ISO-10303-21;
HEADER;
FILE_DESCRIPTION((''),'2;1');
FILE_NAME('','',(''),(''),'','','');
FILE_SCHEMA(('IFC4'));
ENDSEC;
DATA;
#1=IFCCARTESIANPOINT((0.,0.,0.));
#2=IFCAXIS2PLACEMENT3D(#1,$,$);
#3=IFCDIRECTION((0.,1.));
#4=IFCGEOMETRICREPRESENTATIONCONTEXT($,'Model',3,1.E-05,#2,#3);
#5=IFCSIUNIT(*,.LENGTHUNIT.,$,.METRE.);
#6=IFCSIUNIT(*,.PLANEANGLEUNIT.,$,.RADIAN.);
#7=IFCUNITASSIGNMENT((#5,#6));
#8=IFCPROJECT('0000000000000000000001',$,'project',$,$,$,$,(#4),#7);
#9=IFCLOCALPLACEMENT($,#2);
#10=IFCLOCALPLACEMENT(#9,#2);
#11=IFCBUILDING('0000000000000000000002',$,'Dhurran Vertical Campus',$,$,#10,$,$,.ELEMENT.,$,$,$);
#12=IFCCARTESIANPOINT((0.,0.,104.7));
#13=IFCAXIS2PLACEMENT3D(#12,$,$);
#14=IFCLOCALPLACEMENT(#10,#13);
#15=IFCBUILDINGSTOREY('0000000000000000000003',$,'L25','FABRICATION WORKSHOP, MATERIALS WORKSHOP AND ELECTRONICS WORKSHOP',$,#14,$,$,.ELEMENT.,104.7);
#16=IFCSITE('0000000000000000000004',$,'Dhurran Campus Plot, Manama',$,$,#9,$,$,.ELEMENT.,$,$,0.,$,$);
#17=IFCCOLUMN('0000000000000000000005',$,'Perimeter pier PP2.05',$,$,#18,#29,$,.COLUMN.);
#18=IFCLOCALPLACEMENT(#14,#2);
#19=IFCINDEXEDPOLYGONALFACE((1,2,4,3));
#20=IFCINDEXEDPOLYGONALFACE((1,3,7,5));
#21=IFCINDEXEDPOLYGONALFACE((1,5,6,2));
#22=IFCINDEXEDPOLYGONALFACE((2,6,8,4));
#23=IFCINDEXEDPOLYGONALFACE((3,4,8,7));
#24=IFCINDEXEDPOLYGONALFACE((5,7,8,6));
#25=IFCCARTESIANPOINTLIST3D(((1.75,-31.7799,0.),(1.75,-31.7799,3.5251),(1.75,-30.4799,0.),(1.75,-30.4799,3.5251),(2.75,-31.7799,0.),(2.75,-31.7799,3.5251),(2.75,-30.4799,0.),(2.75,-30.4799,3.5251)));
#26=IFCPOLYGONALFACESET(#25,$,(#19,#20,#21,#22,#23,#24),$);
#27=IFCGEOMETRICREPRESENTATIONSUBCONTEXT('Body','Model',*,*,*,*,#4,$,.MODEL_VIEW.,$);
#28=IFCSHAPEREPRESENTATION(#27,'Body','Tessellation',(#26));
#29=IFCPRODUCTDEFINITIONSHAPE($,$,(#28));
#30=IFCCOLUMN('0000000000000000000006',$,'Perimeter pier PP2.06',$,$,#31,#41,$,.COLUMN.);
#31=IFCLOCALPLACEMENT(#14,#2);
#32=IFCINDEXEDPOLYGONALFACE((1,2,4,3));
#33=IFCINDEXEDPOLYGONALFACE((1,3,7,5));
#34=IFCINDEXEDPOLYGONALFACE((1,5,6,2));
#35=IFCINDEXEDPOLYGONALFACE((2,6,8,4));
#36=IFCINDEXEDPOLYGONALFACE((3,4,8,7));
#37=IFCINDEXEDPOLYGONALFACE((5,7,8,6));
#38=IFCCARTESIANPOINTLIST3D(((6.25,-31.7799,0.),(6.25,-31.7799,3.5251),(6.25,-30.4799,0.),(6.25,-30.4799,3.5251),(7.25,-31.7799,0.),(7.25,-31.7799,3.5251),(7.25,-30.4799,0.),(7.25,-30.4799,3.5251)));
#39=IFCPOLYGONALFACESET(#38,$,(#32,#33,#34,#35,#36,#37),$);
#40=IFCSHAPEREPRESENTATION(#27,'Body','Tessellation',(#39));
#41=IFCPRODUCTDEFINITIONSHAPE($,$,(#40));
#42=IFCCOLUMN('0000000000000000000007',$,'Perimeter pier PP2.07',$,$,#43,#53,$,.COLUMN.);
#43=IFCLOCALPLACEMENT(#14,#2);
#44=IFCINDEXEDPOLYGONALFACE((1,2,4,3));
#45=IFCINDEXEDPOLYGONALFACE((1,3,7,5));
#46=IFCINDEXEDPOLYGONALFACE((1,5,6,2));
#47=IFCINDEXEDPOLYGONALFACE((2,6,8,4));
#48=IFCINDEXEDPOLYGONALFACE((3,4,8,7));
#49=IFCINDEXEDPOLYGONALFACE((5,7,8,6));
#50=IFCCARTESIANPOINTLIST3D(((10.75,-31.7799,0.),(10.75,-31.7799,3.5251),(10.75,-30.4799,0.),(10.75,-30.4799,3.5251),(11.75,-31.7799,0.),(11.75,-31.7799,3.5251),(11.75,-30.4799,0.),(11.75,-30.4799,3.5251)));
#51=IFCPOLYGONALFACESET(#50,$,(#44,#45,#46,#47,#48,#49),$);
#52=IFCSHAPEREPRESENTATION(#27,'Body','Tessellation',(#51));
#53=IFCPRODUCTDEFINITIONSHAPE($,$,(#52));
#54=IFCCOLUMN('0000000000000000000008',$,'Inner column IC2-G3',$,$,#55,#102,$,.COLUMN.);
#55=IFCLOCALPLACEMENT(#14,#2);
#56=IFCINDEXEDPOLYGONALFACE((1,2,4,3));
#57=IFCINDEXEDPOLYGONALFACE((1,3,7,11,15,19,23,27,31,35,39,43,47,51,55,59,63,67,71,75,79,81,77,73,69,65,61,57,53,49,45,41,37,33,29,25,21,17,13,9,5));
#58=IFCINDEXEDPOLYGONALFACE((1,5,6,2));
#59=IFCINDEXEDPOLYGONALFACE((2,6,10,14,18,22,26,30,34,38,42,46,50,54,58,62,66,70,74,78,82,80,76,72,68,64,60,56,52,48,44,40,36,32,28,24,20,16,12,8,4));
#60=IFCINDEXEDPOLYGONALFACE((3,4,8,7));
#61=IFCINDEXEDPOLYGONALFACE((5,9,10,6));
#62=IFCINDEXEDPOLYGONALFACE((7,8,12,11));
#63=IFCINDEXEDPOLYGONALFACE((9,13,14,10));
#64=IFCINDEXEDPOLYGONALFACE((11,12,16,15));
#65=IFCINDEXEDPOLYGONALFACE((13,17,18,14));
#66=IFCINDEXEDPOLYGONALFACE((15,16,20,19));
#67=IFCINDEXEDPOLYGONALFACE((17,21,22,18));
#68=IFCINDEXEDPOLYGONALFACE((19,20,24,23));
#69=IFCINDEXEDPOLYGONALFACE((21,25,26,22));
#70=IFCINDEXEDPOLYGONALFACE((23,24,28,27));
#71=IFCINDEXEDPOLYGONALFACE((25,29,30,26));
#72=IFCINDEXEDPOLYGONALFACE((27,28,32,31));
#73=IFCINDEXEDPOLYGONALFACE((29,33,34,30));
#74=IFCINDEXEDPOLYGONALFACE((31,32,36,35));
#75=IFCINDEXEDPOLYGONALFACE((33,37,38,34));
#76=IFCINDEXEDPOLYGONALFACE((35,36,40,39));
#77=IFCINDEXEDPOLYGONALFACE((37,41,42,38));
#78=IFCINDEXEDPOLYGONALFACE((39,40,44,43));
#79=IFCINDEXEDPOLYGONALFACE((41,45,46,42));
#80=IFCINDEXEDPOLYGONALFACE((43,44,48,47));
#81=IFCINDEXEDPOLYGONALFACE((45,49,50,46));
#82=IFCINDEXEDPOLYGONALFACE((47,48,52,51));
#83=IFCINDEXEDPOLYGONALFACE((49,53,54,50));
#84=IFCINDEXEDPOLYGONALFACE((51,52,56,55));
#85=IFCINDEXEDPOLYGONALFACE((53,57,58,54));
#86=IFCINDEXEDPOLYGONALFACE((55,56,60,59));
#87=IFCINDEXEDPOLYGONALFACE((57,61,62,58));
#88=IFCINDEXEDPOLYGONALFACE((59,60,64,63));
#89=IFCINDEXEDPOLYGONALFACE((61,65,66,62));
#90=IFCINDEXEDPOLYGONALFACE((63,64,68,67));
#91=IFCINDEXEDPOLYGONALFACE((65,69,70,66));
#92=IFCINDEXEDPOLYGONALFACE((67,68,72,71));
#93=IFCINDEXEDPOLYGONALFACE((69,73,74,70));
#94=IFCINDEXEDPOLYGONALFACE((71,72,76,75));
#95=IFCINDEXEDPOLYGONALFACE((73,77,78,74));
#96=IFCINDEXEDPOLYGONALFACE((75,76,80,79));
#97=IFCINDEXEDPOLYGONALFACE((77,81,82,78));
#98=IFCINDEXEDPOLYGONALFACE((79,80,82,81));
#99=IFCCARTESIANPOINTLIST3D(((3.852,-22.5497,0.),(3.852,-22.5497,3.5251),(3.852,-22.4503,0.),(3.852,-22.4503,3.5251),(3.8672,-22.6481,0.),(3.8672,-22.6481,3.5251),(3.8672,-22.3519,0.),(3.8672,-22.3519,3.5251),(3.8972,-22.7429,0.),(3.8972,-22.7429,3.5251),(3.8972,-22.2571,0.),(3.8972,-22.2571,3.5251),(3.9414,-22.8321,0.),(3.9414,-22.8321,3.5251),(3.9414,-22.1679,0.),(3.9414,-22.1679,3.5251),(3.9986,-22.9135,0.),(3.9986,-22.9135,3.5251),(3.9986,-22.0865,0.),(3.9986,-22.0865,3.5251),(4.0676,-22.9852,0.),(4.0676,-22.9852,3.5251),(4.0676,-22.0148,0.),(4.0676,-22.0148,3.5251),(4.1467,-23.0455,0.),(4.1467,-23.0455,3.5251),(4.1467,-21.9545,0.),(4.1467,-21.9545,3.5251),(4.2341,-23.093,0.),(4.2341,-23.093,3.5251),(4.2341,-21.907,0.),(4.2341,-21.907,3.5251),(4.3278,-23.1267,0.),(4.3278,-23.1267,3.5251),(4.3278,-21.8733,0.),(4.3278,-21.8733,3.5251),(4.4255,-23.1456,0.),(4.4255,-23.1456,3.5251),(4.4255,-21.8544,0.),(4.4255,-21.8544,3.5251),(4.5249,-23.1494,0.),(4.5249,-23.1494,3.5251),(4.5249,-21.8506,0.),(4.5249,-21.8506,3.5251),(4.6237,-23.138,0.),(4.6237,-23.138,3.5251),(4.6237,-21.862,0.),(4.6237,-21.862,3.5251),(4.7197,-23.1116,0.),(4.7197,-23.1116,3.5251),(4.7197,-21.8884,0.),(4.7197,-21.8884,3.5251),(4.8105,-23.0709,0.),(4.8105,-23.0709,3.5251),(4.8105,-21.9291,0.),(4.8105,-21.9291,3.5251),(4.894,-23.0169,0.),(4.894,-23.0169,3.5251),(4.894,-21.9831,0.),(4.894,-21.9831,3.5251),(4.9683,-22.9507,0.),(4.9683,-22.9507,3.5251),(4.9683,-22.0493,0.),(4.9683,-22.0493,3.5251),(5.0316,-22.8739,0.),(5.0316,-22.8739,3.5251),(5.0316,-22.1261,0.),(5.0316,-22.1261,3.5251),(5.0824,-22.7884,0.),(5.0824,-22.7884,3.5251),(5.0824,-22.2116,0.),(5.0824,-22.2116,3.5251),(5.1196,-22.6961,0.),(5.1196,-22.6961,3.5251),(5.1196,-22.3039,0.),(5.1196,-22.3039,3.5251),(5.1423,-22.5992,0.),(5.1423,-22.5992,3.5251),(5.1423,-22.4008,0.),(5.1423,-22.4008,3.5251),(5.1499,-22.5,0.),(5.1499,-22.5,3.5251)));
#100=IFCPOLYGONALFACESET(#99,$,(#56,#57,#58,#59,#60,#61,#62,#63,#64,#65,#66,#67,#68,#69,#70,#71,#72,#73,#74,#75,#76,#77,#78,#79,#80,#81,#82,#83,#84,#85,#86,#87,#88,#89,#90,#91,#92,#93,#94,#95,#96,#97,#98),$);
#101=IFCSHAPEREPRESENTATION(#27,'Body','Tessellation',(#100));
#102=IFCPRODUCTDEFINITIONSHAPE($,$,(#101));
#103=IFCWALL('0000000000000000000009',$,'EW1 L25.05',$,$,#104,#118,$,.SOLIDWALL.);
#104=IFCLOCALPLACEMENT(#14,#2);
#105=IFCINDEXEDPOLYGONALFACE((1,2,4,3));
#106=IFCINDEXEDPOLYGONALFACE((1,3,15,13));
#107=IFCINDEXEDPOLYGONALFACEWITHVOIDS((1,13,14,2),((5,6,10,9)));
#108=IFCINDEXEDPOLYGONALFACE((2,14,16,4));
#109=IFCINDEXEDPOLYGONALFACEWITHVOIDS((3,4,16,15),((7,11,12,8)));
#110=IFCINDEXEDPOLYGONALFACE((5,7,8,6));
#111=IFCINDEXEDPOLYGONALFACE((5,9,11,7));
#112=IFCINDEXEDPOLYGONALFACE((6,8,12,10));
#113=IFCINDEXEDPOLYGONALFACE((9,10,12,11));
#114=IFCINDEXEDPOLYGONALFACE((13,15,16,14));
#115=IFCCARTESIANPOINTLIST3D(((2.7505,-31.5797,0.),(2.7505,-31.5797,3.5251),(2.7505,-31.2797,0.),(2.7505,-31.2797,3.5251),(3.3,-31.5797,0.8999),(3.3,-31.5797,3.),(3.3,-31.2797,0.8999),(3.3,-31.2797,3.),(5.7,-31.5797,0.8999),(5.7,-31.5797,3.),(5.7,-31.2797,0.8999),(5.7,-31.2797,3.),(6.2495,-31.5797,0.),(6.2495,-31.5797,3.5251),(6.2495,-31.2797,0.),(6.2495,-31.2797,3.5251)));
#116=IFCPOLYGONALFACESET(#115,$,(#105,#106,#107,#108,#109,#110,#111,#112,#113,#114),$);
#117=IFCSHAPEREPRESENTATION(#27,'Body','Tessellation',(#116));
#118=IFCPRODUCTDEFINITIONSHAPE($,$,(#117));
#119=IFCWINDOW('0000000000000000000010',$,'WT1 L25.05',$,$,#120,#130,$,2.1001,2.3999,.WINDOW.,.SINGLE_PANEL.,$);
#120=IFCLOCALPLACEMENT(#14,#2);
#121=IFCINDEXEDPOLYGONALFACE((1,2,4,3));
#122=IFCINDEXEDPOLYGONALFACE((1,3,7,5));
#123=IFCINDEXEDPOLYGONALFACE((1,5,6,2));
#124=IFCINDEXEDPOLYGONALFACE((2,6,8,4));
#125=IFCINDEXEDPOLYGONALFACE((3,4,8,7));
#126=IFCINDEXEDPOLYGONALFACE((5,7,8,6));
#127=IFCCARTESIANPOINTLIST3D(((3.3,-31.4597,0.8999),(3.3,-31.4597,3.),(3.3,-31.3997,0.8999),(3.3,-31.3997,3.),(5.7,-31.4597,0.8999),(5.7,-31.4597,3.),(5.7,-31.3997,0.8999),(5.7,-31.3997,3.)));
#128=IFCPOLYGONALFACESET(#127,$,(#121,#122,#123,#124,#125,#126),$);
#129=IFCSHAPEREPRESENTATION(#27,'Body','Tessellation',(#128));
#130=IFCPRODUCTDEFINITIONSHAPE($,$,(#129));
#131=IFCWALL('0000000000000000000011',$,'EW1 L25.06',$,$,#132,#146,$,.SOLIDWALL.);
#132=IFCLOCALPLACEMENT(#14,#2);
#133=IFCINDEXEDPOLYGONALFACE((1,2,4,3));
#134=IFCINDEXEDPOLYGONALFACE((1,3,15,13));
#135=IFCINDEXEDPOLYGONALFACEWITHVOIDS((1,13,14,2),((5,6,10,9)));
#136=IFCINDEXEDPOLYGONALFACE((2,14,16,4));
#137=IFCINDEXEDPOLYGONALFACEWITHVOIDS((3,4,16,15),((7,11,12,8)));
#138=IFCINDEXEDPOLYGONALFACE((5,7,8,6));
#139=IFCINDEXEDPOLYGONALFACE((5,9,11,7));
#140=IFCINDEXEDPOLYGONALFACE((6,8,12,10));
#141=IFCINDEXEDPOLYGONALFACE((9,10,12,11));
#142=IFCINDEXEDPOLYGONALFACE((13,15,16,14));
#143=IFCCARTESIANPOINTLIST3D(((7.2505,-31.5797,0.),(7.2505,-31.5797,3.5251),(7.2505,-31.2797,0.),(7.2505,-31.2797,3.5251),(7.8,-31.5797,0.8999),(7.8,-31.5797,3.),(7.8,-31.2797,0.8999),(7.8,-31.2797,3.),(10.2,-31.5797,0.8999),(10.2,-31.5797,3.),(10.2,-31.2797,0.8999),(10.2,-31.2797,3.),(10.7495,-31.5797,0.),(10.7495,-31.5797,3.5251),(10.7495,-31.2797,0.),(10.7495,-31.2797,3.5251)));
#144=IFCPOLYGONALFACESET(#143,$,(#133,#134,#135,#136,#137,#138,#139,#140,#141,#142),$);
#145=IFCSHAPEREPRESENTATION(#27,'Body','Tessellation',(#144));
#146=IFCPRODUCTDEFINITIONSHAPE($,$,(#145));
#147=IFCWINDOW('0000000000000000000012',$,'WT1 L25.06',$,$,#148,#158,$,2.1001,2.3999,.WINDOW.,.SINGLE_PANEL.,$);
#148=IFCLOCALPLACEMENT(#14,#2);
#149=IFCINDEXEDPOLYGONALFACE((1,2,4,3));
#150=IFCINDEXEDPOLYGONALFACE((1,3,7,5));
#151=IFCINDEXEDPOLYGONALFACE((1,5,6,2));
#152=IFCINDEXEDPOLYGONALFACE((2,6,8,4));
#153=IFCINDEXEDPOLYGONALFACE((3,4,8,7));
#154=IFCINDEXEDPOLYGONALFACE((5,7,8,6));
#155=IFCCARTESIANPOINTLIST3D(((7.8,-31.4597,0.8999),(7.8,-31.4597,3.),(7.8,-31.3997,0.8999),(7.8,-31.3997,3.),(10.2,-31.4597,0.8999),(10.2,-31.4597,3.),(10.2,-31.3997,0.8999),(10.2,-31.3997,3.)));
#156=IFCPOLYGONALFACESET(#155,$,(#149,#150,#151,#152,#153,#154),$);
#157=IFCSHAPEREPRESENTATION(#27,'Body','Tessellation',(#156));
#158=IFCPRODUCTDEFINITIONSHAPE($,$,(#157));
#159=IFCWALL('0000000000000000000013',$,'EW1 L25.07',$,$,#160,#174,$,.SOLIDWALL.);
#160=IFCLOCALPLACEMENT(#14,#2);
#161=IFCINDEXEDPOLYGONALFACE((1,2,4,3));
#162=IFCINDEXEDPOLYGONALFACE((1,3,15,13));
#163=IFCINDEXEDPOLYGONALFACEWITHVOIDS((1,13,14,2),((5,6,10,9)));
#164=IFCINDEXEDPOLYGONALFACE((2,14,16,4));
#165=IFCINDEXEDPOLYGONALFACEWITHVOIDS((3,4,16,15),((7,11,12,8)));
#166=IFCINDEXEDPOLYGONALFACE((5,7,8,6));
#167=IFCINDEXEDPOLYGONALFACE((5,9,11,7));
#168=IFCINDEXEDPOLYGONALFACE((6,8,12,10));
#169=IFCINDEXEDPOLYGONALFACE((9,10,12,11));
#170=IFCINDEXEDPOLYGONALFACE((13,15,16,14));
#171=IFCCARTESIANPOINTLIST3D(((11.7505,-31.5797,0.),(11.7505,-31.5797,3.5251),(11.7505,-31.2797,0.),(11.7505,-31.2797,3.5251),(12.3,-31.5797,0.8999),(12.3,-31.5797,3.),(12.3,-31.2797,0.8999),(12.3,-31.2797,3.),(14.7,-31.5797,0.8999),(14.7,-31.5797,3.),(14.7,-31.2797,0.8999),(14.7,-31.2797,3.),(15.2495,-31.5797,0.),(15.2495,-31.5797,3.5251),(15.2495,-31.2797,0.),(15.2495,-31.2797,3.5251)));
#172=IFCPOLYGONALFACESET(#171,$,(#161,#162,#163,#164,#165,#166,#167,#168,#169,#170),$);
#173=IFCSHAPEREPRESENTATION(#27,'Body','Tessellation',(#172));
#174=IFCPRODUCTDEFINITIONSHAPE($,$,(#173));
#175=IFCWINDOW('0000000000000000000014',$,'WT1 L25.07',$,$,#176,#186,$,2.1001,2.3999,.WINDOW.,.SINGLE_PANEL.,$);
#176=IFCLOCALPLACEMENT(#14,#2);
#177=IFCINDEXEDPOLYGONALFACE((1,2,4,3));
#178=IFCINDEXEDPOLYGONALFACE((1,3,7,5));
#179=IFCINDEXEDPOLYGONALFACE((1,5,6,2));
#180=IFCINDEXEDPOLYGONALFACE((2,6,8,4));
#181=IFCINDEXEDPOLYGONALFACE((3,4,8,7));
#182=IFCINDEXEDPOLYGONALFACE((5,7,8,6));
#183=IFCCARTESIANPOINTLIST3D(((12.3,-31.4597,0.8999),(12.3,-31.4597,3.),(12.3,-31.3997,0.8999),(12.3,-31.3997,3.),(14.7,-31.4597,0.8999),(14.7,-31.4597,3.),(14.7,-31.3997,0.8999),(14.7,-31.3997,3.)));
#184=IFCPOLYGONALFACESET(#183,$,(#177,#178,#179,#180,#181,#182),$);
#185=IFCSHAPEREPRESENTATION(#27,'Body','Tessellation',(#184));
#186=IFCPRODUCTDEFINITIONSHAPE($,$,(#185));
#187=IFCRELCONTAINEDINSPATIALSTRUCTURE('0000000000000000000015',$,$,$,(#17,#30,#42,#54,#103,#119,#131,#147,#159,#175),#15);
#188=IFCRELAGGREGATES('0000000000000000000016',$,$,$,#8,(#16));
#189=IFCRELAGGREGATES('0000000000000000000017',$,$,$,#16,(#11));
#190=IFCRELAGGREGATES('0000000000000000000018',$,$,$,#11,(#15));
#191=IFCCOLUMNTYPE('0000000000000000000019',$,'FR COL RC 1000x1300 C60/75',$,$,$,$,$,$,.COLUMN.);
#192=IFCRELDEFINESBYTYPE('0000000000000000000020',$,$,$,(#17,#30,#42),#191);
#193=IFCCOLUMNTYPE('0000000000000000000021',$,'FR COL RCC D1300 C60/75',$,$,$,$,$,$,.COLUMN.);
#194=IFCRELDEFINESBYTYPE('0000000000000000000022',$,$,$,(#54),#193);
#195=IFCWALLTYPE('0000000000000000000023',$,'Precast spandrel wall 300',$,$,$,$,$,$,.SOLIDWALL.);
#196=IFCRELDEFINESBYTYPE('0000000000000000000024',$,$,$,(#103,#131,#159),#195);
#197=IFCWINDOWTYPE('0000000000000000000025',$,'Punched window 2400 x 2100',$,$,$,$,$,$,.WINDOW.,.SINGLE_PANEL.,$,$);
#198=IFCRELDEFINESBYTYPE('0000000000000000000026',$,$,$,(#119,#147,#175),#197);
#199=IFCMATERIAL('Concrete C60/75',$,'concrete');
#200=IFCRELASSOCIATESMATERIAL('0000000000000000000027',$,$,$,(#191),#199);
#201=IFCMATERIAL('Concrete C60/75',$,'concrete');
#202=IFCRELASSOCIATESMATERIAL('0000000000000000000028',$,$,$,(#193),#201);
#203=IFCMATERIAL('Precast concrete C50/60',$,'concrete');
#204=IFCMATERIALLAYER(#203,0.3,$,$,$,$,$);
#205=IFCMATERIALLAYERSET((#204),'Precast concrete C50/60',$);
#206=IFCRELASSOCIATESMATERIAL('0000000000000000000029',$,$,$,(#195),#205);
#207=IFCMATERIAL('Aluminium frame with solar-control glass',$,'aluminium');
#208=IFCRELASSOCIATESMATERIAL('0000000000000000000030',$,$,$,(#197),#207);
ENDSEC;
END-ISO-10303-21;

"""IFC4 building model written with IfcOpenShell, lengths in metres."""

from ifc_helpers import new_model, si_unit, direction, frame, frame_2d, origin, origin_2d, place, context, subcontext, project, spatial, rectangle, circle, extrude, material, layer, layer_set, material_profile, profile_set, type_object, element, fill, save


model = new_model("IFC4")

# Units and contexts
model_context = context("Model", 3, precision=1e-05, world=origin(), true_north=direction((0.0, 1.0)))
body_context = subcontext(model_context, "Body", "Model", "MODEL_VIEW")
ifc_project = project(units=[si_unit("LENGTHUNIT", "METRE"), si_unit("PLANEANGLEUNIT", "RADIAN")], contexts=[model_context])

# Site, building, storey
site_placement = place(None, origin())
site = spatial("IfcSite", under=ifc_project, at=site_placement, Name="Dhurran Campus Plot, Manama", CompositionType="ELEMENT", RefElevation=0.0)
building_placement = place(site_placement, origin())
building = spatial("IfcBuilding", under=site, at=building_placement, Name="Dhurran Vertical Campus", CompositionType="ELEMENT")
storey_placement = place(building_placement, frame((0.0, 0.0, 104.7)))
storey = spatial("IfcBuildingStorey", under=building, at=storey_placement, Name="L25", Description="FABRICATION WORKSHOP, MATERIALS WORKSHOP AND ELECTRONICS WORKSHOP", CompositionType="ELEMENT", Elevation=104.7)

# Columns
ifc_material_1 = material(Name="Concrete C60/75", Category="concrete")
ifc_material_profile_1 = material_profile(ifc_material_1, rectangle(XDim=1.0, YDim=1.3, at=origin_2d()), Name="RC 1000x1300")
ifc_profile_set_1 = profile_set([ifc_material_profile_1], Name="Concrete C60/75")
column_type_1 = type_object("IfcColumnType", Name="FR COL RC 1000x1300 C60/75", PredefinedType="COLUMN", material=ifc_profile_set_1)
for number, where, z_axis, x_axis, name in (
    (1, (2.25, -31.1299, 0.0), (0.0, 0.0, 1.0), (1.0, 0.0, 0.0), "Perimeter pier PP2.05"),
    (2, (6.75, -31.1299, 0.0), (0.0, 0.0, 1.0), (1.0, 0.0, 0.0), "Perimeter pier PP2.06"),
    (3, (11.25, -31.1299, 0.0), (0.0, 0.0, 1.0), (1.0, 0.0, 0.0), "Perimeter pier PP2.07"),
):
    element("IfcColumn", number, at=place(storey_placement, frame(where, z_axis=z_axis, x_axis=x_axis)), inside=storey, type_object=column_type_1, Name=name, PredefinedType="COLUMN", context=body_context, shape_type="SweptSolid", body=[
        extrude(rectangle(XDim=1.0, YDim=1.3, at=origin_2d()), origin(), (0.0, 0.0, 1.0), 3.5251),
    ])
ifc_material_2 = material(Name="Concrete C60/75", Category="concrete")
ifc_material_profile_2 = material_profile(ifc_material_2, circle(Radius=0.6499, at=origin_2d()), Name="RCC D1300")
ifc_profile_set_2 = profile_set([ifc_material_profile_2], Name="Concrete C60/75")
column_type_2 = type_object("IfcColumnType", Name="FR COL RCC D1300 C60/75", PredefinedType="COLUMN", material=ifc_profile_set_2)
column_placement = place(storey_placement, frame((4.5, -22.5, 0.0), z_axis=(0.0, 0.0, 1.0), x_axis=(1.0, 0.0, 0.0)))
element("IfcColumn", 4, at=column_placement, inside=storey, type_object=column_type_2, Name="Inner column IC2-G3", PredefinedType="COLUMN", context=body_context, shape_type="SweptSolid", body=[
    extrude(circle(Radius=0.6499, at=origin_2d()), origin(), (0.0, 0.0, 1.0), 3.5251),
])

# Walls, openings, windows
ifc_material_3 = material(Name="Precast concrete C50/60", Category="concrete")
ifc_layer_1 = layer(ifc_material_3, 0.3)
ifc_layer_set_1 = layer_set([ifc_layer_1], Name="Precast concrete C50/60")
wall_type_1 = type_object("IfcWallType", Name="Precast spandrel wall 300", PredefinedType="SOLIDWALL", material=ifc_layer_set_1)
wall_1_placement = place(storey_placement, frame((2.7505, -31.4297, 0.0), z_axis=(0.0, 0.0, 1.0), x_axis=(1.0, 0.0, 0.0)))
wall_1 = element("IfcWall", 5, at=wall_1_placement, inside=storey, type_object=wall_type_1, Name="EW1 L25.05", PredefinedType="SOLIDWALL", context=body_context, shape_type="SweptSolid", body=[
    extrude(rectangle(XDim=3.499, YDim=0.3, at=frame_2d((1.7495, 0.0))), origin(), (0.0, 0.0, 1.0), 3.5251),
])
opening_1_placement = place(wall_1_placement, frame((0.5496, 0.0, 0.8999)))
opening_1 = element("IfcOpeningElement", 6, at=opening_1_placement, cuts=wall_1, PredefinedType="OPENING", context=body_context, shape_type="SweptSolid", body=[
    extrude(rectangle(XDim=2.3999, YDim=2.1001, at=frame_2d((1.2, 1.05))), frame((0.0, 0.1599, 0.0), z_axis=(0.0, -1.0, 0.0), x_axis=(1.0, 0.0, 0.0)), (0.0, 0.0, 1.0), 0.3201),
])
ifc_material_4 = material(Name="Aluminium frame with solar-control glass", Category="aluminium")
window_type = type_object("IfcWindowType", Name="Punched window 2400 x 2100", PartitioningType="SINGLE_PANEL", PredefinedType="WINDOW", material=ifc_material_4)
window_1_placement = place(opening_1_placement, origin())
window_1 = element("IfcWindow", 7, at=window_1_placement, inside=storey, type_object=window_type, Name="WT1 L25.05", OverallHeight=2.1001, OverallWidth=2.3999, PartitioningType="SINGLE_PANEL", PredefinedType="WINDOW", context=body_context, shape_type="SweptSolid", body=[
    extrude(rectangle(XDim=2.3999, YDim=2.1001, at=frame_2d((1.2, 1.05))), frame((0.0, 0.03, 0.0), z_axis=(0.0, -1.0, 0.0), x_axis=(1.0, 0.0, 0.0)), (0.0, 0.0, 1.0), 0.0601),
])
fill(opening_1, window_1)
wall_2_placement = place(storey_placement, frame((7.2505, -31.4297, 0.0), z_axis=(0.0, 0.0, 1.0), x_axis=(1.0, 0.0, 0.0)))
wall_2 = element("IfcWall", 8, at=wall_2_placement, inside=storey, type_object=wall_type_1, Name="EW1 L25.06", PredefinedType="SOLIDWALL", context=body_context, shape_type="SweptSolid", body=[
    extrude(rectangle(XDim=3.499, YDim=0.3, at=frame_2d((1.7495, 0.0))), origin(), (0.0, 0.0, 1.0), 3.5251),
])
opening_2_placement = place(wall_2_placement, frame((0.5496, 0.0, 0.8999)))
opening_2 = element("IfcOpeningElement", 9, at=opening_2_placement, cuts=wall_2, PredefinedType="OPENING", context=body_context, shape_type="SweptSolid", body=[
    extrude(rectangle(XDim=2.3999, YDim=2.1001, at=frame_2d((1.2, 1.05))), frame((0.0, 0.1599, 0.0), z_axis=(0.0, -1.0, 0.0), x_axis=(1.0, 0.0, 0.0)), (0.0, 0.0, 1.0), 0.3201),
])
window_2_placement = place(opening_2_placement, origin())
window_2 = element("IfcWindow", 10, at=window_2_placement, inside=storey, type_object=window_type, Name="WT1 L25.06", OverallHeight=2.1001, OverallWidth=2.3999, PartitioningType="SINGLE_PANEL", PredefinedType="WINDOW", context=body_context, shape_type="SweptSolid", body=[
    extrude(rectangle(XDim=2.3999, YDim=2.1001, at=frame_2d((1.2, 1.05))), frame((0.0, 0.03, 0.0), z_axis=(0.0, -1.0, 0.0), x_axis=(1.0, 0.0, 0.0)), (0.0, 0.0, 1.0), 0.0601),
])
fill(opening_2, window_2)
wall_3_placement = place(storey_placement, frame((11.7505, -31.4297, 0.0), z_axis=(0.0, 0.0, 1.0), x_axis=(1.0, 0.0, 0.0)))
wall_3 = element("IfcWall", 11, at=wall_3_placement, inside=storey, type_object=wall_type_1, Name="EW1 L25.07", PredefinedType="SOLIDWALL", context=body_context, shape_type="SweptSolid", body=[
    extrude(rectangle(XDim=3.499, YDim=0.3, at=frame_2d((1.7495, 0.0))), origin(), (0.0, 0.0, 1.0), 3.5251),
])
opening_3_placement = place(wall_3_placement, frame((0.5496, 0.0, 0.8999)))
opening_3 = element("IfcOpeningElement", 12, at=opening_3_placement, cuts=wall_3, PredefinedType="OPENING", context=body_context, shape_type="SweptSolid", body=[
    extrude(rectangle(XDim=2.3999, YDim=2.1001, at=frame_2d((1.2, 1.05))), frame((0.0, 0.1599, 0.0), z_axis=(0.0, -1.0, 0.0), x_axis=(1.0, 0.0, 0.0)), (0.0, 0.0, 1.0), 0.3201),
])
window_3_placement = place(opening_3_placement, origin())
window_3 = element("IfcWindow", 13, at=window_3_placement, inside=storey, type_object=window_type, Name="WT1 L25.07", OverallHeight=2.1001, OverallWidth=2.3999, PartitioningType="SINGLE_PANEL", PredefinedType="WINDOW", context=body_context, shape_type="SweptSolid", body=[
    extrude(rectangle(XDim=2.3999, YDim=2.1001, at=frame_2d((1.2, 1.05))), frame((0.0, 0.03, 0.0), z_axis=(0.0, -1.0, 0.0), x_axis=(1.0, 0.0, 0.0)), (0.0, 0.0, 1.0), 0.0601),
])
fill(opening_3, window_3)

save(model, "model.ifc")
